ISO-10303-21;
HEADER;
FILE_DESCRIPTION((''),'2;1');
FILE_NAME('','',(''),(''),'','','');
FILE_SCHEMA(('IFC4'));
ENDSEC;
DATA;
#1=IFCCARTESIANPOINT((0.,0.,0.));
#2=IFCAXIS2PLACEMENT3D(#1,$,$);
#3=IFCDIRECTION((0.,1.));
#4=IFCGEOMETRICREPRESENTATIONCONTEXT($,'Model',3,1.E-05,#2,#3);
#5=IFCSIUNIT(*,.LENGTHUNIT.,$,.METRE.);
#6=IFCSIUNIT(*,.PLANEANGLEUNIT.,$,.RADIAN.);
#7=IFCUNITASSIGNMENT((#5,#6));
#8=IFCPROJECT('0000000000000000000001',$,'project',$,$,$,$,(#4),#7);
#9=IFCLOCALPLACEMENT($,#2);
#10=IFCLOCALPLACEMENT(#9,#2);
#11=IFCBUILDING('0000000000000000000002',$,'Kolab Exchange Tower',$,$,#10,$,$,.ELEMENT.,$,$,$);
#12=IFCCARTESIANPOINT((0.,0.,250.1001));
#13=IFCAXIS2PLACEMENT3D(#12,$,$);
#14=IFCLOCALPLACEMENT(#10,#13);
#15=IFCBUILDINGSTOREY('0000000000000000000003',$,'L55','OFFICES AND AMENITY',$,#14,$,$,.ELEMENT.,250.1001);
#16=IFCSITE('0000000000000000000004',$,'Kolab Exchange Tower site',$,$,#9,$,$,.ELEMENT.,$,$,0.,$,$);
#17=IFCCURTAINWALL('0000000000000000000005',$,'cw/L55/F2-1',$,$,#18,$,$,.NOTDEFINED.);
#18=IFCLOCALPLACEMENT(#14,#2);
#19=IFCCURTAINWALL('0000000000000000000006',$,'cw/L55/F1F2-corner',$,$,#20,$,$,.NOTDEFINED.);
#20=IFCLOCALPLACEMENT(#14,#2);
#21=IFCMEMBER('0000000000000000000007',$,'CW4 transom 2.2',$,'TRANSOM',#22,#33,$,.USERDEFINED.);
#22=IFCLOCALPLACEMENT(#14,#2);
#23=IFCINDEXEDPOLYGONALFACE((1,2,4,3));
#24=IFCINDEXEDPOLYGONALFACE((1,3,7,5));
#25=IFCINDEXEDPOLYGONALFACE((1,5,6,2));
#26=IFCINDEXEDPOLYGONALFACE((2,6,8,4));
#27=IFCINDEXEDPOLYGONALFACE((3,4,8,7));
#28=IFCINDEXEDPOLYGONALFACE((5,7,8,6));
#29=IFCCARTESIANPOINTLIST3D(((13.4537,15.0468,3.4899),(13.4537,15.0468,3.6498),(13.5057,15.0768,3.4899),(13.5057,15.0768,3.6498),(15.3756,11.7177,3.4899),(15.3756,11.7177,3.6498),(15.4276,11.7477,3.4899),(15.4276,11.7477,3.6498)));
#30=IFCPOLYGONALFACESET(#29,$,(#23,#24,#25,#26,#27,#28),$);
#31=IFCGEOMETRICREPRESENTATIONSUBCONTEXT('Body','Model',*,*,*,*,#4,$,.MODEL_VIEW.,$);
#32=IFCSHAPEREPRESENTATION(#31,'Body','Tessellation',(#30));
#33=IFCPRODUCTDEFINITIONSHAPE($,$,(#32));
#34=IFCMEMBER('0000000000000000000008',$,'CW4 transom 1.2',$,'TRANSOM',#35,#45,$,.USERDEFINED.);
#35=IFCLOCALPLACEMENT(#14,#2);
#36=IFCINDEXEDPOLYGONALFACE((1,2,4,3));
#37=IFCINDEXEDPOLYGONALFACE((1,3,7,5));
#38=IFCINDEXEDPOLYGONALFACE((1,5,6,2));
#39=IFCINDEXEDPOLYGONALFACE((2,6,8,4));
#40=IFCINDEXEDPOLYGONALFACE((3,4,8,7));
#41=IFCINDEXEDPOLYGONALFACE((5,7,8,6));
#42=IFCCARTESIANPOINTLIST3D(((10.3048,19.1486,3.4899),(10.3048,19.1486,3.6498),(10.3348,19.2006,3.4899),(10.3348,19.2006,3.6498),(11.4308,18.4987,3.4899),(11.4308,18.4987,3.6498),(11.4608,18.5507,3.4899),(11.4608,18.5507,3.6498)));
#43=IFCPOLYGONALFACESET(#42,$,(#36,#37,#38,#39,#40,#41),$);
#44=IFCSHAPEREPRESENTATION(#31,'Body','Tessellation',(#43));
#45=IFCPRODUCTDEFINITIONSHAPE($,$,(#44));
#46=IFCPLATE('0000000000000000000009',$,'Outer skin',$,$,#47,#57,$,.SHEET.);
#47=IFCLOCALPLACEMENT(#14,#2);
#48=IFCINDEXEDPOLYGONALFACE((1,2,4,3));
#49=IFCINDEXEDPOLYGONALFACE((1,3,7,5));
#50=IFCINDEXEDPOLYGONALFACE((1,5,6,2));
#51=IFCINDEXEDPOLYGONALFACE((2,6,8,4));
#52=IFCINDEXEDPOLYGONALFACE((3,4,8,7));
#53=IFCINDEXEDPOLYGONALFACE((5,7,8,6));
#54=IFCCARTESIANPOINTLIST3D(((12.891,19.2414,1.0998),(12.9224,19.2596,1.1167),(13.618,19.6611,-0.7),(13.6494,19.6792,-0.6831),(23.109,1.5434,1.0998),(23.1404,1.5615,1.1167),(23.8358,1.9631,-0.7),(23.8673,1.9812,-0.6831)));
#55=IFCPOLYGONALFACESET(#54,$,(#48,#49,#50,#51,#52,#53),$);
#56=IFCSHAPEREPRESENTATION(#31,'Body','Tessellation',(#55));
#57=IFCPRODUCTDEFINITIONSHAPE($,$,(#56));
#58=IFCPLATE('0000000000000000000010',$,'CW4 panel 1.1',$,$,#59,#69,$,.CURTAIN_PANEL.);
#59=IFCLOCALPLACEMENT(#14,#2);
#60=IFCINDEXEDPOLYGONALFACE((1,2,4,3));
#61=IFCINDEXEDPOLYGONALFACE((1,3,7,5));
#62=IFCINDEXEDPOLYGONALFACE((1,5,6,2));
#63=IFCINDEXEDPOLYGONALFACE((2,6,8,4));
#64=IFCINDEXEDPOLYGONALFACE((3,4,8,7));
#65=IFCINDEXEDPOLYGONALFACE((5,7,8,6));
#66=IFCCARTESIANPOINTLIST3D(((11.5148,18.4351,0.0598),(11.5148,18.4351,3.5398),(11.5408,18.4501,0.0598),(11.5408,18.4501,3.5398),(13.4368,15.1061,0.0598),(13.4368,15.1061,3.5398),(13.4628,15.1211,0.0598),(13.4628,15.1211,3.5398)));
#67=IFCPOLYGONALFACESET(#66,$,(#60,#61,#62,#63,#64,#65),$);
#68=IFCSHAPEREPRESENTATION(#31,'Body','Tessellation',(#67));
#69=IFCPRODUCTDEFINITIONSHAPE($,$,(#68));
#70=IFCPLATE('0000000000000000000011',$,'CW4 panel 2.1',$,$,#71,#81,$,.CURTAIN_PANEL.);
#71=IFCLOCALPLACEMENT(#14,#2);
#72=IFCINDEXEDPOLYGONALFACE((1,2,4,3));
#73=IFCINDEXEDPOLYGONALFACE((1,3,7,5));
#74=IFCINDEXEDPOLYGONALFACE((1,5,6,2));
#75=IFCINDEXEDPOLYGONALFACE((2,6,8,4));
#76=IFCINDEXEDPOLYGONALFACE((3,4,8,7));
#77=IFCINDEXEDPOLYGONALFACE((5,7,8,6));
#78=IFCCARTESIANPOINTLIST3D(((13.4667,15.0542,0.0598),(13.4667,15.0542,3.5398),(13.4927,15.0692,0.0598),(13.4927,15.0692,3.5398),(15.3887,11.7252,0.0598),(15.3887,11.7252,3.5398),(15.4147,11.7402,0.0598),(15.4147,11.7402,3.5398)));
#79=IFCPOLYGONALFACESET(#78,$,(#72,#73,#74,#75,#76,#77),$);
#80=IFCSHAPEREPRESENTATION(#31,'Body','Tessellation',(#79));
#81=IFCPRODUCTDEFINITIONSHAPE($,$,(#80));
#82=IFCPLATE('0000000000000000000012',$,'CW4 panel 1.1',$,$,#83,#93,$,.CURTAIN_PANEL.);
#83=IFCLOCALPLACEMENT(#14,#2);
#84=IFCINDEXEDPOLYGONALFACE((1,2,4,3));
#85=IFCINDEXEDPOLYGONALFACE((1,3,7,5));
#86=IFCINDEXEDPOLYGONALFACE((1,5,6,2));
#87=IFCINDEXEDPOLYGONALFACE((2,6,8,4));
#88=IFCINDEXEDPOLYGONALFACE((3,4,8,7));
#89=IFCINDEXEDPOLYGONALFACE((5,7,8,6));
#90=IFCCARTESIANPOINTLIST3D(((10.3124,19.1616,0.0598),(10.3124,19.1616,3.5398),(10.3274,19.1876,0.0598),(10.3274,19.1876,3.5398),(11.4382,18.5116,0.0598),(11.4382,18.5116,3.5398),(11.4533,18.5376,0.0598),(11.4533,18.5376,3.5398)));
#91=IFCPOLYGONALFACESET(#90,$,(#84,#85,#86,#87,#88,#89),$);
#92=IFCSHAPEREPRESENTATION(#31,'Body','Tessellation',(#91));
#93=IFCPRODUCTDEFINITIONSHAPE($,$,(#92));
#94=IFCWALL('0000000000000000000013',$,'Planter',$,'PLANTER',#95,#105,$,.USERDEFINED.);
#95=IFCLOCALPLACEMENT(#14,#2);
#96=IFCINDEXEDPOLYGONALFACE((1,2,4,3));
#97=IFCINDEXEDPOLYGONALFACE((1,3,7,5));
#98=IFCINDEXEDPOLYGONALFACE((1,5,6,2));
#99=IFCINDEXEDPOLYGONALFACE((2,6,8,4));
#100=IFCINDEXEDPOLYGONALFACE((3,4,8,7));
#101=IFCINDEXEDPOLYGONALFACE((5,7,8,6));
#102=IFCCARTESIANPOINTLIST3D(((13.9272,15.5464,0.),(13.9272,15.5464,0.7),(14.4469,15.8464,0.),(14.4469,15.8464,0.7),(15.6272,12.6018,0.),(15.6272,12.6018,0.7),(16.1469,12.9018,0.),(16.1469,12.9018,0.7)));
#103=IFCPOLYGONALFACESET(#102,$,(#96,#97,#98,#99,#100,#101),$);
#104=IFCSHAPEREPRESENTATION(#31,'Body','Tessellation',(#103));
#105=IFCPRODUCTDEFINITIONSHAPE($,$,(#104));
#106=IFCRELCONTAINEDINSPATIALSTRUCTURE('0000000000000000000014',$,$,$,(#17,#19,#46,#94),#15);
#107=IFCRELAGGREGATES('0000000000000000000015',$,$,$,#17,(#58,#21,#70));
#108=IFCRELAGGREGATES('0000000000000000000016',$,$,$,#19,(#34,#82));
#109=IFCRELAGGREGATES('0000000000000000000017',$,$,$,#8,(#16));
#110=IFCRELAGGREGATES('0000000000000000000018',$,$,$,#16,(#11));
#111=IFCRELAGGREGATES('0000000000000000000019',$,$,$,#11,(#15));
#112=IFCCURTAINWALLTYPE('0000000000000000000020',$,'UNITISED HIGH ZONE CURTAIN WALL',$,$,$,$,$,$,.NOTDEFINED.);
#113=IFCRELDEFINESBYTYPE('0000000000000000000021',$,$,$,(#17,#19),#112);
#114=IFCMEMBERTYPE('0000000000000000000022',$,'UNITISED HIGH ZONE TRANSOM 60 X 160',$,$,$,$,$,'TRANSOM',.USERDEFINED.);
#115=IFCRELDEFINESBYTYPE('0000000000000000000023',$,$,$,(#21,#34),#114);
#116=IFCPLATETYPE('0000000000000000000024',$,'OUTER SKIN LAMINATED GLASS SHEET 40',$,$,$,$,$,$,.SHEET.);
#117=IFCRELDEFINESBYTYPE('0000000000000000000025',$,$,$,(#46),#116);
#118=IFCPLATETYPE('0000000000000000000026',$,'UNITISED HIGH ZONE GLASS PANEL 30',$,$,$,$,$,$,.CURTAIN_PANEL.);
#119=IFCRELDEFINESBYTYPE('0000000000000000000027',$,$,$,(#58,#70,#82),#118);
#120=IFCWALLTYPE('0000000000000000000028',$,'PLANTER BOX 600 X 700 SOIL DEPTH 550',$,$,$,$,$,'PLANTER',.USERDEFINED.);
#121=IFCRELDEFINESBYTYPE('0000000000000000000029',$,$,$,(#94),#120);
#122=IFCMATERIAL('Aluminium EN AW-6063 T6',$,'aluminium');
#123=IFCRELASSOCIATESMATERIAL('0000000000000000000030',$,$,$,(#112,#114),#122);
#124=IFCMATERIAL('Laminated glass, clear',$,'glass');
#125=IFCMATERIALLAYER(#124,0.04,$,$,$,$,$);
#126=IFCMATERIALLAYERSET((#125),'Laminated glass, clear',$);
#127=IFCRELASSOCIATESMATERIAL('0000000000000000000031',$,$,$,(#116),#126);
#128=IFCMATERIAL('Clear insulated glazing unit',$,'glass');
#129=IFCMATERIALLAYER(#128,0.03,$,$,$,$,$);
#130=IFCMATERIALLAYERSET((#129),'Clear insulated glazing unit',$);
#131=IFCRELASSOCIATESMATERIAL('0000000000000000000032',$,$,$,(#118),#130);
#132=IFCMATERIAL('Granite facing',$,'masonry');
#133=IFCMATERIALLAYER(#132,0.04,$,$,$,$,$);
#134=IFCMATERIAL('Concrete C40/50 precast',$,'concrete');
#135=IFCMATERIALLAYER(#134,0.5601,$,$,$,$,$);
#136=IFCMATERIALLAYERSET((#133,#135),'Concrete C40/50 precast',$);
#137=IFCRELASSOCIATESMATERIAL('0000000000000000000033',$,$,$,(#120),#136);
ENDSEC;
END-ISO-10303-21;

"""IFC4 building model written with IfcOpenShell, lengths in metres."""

from ifc_helpers import new_model, si_unit, direction, frame, frame_2d, origin, origin_2d, place, context, subcontext, project, spatial, polyline, rectangle, outline, extrude, material, layer, layer_set, material_profile, profile_set, type_object, element, aggregate, save


model = new_model("IFC4")

# Units and contexts
model_context = context("Model", 3, precision=1e-05, world=origin(), true_north=direction((0.0, 1.0)))
body_context = subcontext(model_context, "Body", "Model", "MODEL_VIEW")
ifc_project = project(units=[si_unit("LENGTHUNIT", "METRE"), si_unit("PLANEANGLEUNIT", "RADIAN")], contexts=[model_context])

# Site, building, storey
site_placement = place(None, origin())
site = spatial("IfcSite", under=ifc_project, at=site_placement, Name="Kolab Exchange Tower site", CompositionType="ELEMENT", RefElevation=0.0)
building_placement = place(site_placement, origin())
building = spatial("IfcBuilding", under=site, at=building_placement, Name="Kolab Exchange Tower", CompositionType="ELEMENT")
storey_placement = place(building_placement, frame((0.0, 0.0, 250.1001)))
storey = spatial("IfcBuildingStorey", under=building, at=storey_placement, Name="L55", Description="OFFICES AND AMENITY", CompositionType="ELEMENT", Elevation=250.1001)

# Curtain wall
ifc_material_1 = material(Name="Aluminium EN AW-6063 T6", Category="aluminium")
curtain_wall_type = type_object("IfcCurtainWallType", Name="UNITISED HIGH ZONE CURTAIN WALL", PredefinedType="NOTDEFINED", material=ifc_material_1)
curtain_wall_1_placement = place(storey_placement, origin())
curtain_wall_1 = element("IfcCurtainWall", 1, at=curtain_wall_1_placement, inside=storey, type_object=curtain_wall_type, Name="cw/L55/F2-1", PredefinedType="NOTDEFINED")

# Curtain wall
curtain_wall_2_placement = place(storey_placement, origin())
curtain_wall_2 = element("IfcCurtainWall", 2, at=curtain_wall_2_placement, inside=storey, type_object=curtain_wall_type, Name="cw/L55/F1F2-corner", PredefinedType="NOTDEFINED")

# Members
ifc_material_profile_1 = material_profile(ifc_material_1, rectangle(XDim=0.0601, YDim=0.1599, at=origin_2d()), Name="RECT 60X160")
ifc_profile_set_1 = profile_set([ifc_material_profile_1], Name="Aluminium EN AW-6063 T6")
member_type_1 = type_object("IfcMemberType", Name="UNITISED HIGH ZONE TRANSOM 60 X 160", ElementType="TRANSOM", PredefinedType="USERDEFINED", material=ifc_profile_set_1)
member_1_placement = place(storey_placement, frame((13.4797, 15.0618, 3.5698), z_axis=(0.499964, -0.866046, 0.0), x_axis=(0.866046, 0.499964, 0.0)))
member_1 = element("IfcMember", 3, at=member_1_placement, type_object=member_type_1, Name="CW4 transom 2.2", ObjectType="TRANSOM", PredefinedType="USERDEFINED", context=body_context, shape_type="SweptSolid", body=[
    extrude(rectangle(XDim=0.0601, YDim=0.1599, at=origin_2d()), origin(), (0.0, 0.0, 1.0), 3.844),
])
member_2_placement = place(storey_placement, frame((10.3198, 19.1746, 3.5698), z_axis=(0.866086, -0.499896, 0.0), x_axis=(0.499896, 0.866086, 0.0)))
member_2 = element("IfcMember", 4, at=member_2_placement, type_object=member_type_1, Name="CW4 transom 1.2", ObjectType="TRANSOM", PredefinedType="USERDEFINED", context=body_context, shape_type="SweptSolid", body=[
    extrude(rectangle(XDim=0.0601, YDim=0.1599, at=origin_2d()), origin(), (0.0, 0.0, 1.0), 1.3),
])

# Plates
ifc_material_2 = material(Name="Laminated glass, clear", Category="glass")
ifc_layer_1 = layer(ifc_material_2, 0.04)
ifc_layer_set_1 = layer_set([ifc_layer_1], Name="Laminated glass, clear")
plate_type_1 = type_object("IfcPlateType", Name="OUTER SKIN LAMINATED GLASS SHEET 40", PredefinedType="SHEET", material=ifc_layer_set_1)
plate_1_placement = place(storey_placement, frame((13.6494, 19.6792, -0.6831), z_axis=(0.784867, 0.453141, 0.422666), x_axis=(0.499997, -0.866027, 0.000002)))
element("IfcPlate", 5, at=plate_1_placement, inside=storey, type_object=plate_type_1, Name="Outer skin", PredefinedType="SHEET", context=body_context, shape_type="SweptSolid", body=[
    extrude(outline(polyline([(0.0, 0.0), (20.4358, 0.0), (20.4359, -1.9859), (-0.0001, -1.986), (0.0, 0.0)])), origin(), (0.0, 0.0, -1.0), 0.04),
])
ifc_material_3 = material(Name="Clear insulated glazing unit", Category="glass")
ifc_layer_2 = layer(ifc_material_3, 0.03)
ifc_layer_set_2 = layer_set([ifc_layer_2], Name="Clear insulated glazing unit")
plate_type_2 = type_object("IfcPlateType", Name="UNITISED HIGH ZONE GLASS PANEL 30", PredefinedType="CURTAIN_PANEL", material=ifc_layer_set_2)
plate_2_placement = place(storey_placement, frame((12.4888, 16.7781, 0.0598), z_axis=(0.0, 0.0, 1.0), x_axis=(0.5, -0.866025, 0.0)))
plate_2 = element("IfcPlate", 6, at=plate_2_placement, type_object=plate_type_2, Name="CW4 panel 1.1", PredefinedType="CURTAIN_PANEL", context=body_context, shape_type="SweptSolid", body=[
    extrude(rectangle(XDim=3.844, YDim=0.03, at=origin_2d()), origin(), (0.0, 0.0, 1.0), 3.48),
])
plate_3_placement = place(storey_placement, frame((14.4407, 13.3972, 0.0598), z_axis=(0.0, 0.0, 1.0), x_axis=(0.5, -0.866025, 0.0)))
plate_3 = element("IfcPlate", 7, at=plate_3_placement, type_object=plate_type_2, Name="CW4 panel 2.1", PredefinedType="CURTAIN_PANEL", context=body_context, shape_type="SweptSolid", body=[
    extrude(rectangle(XDim=3.844, YDim=0.03, at=origin_2d()), origin(), (0.0, 0.0, 1.0), 3.48),
])
aggregate(curtain_wall_1, [plate_2, member_1, plate_3])
plate_4_placement = place(storey_placement, frame((10.8828, 18.8496, 0.0598), z_axis=(0.0, 0.0, 1.0), x_axis=(0.866025, -0.5, 0.0)))
plate_4 = element("IfcPlate", 8, at=plate_4_placement, type_object=plate_type_2, Name="CW4 panel 1.1", PredefinedType="CURTAIN_PANEL", context=body_context, shape_type="SweptSolid", body=[
    extrude(rectangle(XDim=1.3, YDim=0.03, at=origin_2d()), origin(), (0.0, 0.0, 1.0), 3.48),
])
aggregate(curtain_wall_2, [member_2, plate_4])

# Wall
ifc_material_4 = material(Name="Granite facing", Category="masonry")
ifc_layer_3 = layer(ifc_material_4, 0.04)
ifc_material_5 = material(Name="Concrete C40/50 precast", Category="concrete")
ifc_layer_4 = layer(ifc_material_5, 0.5601)
ifc_layer_set_3 = layer_set([ifc_layer_3, ifc_layer_4], Name="Concrete C40/50 precast")
wall_type_1 = type_object("IfcWallType", Name="PLANTER BOX 600 X 700 SOIL DEPTH 550", ElementType="PLANTER", PredefinedType="USERDEFINED", material=ifc_layer_set_3)
wall_1_placement = place(storey_placement, frame((14.187, 15.6965, 0.0), z_axis=(0.0, 0.0, 1.0), x_axis=(0.499977, -0.866039, 0.0)))
element("IfcWall", 9, at=wall_1_placement, inside=storey, type_object=wall_type_1, Name="Planter", ObjectType="PLANTER", PredefinedType="USERDEFINED", context=body_context, shape_type="SweptSolid", body=[
    extrude(rectangle(XDim=3.4001, YDim=0.6001, at=frame_2d((1.7002, 0.0))), origin(), (0.0, 0.0, 1.0), 0.7),
])

save(model, "model.ifc")
